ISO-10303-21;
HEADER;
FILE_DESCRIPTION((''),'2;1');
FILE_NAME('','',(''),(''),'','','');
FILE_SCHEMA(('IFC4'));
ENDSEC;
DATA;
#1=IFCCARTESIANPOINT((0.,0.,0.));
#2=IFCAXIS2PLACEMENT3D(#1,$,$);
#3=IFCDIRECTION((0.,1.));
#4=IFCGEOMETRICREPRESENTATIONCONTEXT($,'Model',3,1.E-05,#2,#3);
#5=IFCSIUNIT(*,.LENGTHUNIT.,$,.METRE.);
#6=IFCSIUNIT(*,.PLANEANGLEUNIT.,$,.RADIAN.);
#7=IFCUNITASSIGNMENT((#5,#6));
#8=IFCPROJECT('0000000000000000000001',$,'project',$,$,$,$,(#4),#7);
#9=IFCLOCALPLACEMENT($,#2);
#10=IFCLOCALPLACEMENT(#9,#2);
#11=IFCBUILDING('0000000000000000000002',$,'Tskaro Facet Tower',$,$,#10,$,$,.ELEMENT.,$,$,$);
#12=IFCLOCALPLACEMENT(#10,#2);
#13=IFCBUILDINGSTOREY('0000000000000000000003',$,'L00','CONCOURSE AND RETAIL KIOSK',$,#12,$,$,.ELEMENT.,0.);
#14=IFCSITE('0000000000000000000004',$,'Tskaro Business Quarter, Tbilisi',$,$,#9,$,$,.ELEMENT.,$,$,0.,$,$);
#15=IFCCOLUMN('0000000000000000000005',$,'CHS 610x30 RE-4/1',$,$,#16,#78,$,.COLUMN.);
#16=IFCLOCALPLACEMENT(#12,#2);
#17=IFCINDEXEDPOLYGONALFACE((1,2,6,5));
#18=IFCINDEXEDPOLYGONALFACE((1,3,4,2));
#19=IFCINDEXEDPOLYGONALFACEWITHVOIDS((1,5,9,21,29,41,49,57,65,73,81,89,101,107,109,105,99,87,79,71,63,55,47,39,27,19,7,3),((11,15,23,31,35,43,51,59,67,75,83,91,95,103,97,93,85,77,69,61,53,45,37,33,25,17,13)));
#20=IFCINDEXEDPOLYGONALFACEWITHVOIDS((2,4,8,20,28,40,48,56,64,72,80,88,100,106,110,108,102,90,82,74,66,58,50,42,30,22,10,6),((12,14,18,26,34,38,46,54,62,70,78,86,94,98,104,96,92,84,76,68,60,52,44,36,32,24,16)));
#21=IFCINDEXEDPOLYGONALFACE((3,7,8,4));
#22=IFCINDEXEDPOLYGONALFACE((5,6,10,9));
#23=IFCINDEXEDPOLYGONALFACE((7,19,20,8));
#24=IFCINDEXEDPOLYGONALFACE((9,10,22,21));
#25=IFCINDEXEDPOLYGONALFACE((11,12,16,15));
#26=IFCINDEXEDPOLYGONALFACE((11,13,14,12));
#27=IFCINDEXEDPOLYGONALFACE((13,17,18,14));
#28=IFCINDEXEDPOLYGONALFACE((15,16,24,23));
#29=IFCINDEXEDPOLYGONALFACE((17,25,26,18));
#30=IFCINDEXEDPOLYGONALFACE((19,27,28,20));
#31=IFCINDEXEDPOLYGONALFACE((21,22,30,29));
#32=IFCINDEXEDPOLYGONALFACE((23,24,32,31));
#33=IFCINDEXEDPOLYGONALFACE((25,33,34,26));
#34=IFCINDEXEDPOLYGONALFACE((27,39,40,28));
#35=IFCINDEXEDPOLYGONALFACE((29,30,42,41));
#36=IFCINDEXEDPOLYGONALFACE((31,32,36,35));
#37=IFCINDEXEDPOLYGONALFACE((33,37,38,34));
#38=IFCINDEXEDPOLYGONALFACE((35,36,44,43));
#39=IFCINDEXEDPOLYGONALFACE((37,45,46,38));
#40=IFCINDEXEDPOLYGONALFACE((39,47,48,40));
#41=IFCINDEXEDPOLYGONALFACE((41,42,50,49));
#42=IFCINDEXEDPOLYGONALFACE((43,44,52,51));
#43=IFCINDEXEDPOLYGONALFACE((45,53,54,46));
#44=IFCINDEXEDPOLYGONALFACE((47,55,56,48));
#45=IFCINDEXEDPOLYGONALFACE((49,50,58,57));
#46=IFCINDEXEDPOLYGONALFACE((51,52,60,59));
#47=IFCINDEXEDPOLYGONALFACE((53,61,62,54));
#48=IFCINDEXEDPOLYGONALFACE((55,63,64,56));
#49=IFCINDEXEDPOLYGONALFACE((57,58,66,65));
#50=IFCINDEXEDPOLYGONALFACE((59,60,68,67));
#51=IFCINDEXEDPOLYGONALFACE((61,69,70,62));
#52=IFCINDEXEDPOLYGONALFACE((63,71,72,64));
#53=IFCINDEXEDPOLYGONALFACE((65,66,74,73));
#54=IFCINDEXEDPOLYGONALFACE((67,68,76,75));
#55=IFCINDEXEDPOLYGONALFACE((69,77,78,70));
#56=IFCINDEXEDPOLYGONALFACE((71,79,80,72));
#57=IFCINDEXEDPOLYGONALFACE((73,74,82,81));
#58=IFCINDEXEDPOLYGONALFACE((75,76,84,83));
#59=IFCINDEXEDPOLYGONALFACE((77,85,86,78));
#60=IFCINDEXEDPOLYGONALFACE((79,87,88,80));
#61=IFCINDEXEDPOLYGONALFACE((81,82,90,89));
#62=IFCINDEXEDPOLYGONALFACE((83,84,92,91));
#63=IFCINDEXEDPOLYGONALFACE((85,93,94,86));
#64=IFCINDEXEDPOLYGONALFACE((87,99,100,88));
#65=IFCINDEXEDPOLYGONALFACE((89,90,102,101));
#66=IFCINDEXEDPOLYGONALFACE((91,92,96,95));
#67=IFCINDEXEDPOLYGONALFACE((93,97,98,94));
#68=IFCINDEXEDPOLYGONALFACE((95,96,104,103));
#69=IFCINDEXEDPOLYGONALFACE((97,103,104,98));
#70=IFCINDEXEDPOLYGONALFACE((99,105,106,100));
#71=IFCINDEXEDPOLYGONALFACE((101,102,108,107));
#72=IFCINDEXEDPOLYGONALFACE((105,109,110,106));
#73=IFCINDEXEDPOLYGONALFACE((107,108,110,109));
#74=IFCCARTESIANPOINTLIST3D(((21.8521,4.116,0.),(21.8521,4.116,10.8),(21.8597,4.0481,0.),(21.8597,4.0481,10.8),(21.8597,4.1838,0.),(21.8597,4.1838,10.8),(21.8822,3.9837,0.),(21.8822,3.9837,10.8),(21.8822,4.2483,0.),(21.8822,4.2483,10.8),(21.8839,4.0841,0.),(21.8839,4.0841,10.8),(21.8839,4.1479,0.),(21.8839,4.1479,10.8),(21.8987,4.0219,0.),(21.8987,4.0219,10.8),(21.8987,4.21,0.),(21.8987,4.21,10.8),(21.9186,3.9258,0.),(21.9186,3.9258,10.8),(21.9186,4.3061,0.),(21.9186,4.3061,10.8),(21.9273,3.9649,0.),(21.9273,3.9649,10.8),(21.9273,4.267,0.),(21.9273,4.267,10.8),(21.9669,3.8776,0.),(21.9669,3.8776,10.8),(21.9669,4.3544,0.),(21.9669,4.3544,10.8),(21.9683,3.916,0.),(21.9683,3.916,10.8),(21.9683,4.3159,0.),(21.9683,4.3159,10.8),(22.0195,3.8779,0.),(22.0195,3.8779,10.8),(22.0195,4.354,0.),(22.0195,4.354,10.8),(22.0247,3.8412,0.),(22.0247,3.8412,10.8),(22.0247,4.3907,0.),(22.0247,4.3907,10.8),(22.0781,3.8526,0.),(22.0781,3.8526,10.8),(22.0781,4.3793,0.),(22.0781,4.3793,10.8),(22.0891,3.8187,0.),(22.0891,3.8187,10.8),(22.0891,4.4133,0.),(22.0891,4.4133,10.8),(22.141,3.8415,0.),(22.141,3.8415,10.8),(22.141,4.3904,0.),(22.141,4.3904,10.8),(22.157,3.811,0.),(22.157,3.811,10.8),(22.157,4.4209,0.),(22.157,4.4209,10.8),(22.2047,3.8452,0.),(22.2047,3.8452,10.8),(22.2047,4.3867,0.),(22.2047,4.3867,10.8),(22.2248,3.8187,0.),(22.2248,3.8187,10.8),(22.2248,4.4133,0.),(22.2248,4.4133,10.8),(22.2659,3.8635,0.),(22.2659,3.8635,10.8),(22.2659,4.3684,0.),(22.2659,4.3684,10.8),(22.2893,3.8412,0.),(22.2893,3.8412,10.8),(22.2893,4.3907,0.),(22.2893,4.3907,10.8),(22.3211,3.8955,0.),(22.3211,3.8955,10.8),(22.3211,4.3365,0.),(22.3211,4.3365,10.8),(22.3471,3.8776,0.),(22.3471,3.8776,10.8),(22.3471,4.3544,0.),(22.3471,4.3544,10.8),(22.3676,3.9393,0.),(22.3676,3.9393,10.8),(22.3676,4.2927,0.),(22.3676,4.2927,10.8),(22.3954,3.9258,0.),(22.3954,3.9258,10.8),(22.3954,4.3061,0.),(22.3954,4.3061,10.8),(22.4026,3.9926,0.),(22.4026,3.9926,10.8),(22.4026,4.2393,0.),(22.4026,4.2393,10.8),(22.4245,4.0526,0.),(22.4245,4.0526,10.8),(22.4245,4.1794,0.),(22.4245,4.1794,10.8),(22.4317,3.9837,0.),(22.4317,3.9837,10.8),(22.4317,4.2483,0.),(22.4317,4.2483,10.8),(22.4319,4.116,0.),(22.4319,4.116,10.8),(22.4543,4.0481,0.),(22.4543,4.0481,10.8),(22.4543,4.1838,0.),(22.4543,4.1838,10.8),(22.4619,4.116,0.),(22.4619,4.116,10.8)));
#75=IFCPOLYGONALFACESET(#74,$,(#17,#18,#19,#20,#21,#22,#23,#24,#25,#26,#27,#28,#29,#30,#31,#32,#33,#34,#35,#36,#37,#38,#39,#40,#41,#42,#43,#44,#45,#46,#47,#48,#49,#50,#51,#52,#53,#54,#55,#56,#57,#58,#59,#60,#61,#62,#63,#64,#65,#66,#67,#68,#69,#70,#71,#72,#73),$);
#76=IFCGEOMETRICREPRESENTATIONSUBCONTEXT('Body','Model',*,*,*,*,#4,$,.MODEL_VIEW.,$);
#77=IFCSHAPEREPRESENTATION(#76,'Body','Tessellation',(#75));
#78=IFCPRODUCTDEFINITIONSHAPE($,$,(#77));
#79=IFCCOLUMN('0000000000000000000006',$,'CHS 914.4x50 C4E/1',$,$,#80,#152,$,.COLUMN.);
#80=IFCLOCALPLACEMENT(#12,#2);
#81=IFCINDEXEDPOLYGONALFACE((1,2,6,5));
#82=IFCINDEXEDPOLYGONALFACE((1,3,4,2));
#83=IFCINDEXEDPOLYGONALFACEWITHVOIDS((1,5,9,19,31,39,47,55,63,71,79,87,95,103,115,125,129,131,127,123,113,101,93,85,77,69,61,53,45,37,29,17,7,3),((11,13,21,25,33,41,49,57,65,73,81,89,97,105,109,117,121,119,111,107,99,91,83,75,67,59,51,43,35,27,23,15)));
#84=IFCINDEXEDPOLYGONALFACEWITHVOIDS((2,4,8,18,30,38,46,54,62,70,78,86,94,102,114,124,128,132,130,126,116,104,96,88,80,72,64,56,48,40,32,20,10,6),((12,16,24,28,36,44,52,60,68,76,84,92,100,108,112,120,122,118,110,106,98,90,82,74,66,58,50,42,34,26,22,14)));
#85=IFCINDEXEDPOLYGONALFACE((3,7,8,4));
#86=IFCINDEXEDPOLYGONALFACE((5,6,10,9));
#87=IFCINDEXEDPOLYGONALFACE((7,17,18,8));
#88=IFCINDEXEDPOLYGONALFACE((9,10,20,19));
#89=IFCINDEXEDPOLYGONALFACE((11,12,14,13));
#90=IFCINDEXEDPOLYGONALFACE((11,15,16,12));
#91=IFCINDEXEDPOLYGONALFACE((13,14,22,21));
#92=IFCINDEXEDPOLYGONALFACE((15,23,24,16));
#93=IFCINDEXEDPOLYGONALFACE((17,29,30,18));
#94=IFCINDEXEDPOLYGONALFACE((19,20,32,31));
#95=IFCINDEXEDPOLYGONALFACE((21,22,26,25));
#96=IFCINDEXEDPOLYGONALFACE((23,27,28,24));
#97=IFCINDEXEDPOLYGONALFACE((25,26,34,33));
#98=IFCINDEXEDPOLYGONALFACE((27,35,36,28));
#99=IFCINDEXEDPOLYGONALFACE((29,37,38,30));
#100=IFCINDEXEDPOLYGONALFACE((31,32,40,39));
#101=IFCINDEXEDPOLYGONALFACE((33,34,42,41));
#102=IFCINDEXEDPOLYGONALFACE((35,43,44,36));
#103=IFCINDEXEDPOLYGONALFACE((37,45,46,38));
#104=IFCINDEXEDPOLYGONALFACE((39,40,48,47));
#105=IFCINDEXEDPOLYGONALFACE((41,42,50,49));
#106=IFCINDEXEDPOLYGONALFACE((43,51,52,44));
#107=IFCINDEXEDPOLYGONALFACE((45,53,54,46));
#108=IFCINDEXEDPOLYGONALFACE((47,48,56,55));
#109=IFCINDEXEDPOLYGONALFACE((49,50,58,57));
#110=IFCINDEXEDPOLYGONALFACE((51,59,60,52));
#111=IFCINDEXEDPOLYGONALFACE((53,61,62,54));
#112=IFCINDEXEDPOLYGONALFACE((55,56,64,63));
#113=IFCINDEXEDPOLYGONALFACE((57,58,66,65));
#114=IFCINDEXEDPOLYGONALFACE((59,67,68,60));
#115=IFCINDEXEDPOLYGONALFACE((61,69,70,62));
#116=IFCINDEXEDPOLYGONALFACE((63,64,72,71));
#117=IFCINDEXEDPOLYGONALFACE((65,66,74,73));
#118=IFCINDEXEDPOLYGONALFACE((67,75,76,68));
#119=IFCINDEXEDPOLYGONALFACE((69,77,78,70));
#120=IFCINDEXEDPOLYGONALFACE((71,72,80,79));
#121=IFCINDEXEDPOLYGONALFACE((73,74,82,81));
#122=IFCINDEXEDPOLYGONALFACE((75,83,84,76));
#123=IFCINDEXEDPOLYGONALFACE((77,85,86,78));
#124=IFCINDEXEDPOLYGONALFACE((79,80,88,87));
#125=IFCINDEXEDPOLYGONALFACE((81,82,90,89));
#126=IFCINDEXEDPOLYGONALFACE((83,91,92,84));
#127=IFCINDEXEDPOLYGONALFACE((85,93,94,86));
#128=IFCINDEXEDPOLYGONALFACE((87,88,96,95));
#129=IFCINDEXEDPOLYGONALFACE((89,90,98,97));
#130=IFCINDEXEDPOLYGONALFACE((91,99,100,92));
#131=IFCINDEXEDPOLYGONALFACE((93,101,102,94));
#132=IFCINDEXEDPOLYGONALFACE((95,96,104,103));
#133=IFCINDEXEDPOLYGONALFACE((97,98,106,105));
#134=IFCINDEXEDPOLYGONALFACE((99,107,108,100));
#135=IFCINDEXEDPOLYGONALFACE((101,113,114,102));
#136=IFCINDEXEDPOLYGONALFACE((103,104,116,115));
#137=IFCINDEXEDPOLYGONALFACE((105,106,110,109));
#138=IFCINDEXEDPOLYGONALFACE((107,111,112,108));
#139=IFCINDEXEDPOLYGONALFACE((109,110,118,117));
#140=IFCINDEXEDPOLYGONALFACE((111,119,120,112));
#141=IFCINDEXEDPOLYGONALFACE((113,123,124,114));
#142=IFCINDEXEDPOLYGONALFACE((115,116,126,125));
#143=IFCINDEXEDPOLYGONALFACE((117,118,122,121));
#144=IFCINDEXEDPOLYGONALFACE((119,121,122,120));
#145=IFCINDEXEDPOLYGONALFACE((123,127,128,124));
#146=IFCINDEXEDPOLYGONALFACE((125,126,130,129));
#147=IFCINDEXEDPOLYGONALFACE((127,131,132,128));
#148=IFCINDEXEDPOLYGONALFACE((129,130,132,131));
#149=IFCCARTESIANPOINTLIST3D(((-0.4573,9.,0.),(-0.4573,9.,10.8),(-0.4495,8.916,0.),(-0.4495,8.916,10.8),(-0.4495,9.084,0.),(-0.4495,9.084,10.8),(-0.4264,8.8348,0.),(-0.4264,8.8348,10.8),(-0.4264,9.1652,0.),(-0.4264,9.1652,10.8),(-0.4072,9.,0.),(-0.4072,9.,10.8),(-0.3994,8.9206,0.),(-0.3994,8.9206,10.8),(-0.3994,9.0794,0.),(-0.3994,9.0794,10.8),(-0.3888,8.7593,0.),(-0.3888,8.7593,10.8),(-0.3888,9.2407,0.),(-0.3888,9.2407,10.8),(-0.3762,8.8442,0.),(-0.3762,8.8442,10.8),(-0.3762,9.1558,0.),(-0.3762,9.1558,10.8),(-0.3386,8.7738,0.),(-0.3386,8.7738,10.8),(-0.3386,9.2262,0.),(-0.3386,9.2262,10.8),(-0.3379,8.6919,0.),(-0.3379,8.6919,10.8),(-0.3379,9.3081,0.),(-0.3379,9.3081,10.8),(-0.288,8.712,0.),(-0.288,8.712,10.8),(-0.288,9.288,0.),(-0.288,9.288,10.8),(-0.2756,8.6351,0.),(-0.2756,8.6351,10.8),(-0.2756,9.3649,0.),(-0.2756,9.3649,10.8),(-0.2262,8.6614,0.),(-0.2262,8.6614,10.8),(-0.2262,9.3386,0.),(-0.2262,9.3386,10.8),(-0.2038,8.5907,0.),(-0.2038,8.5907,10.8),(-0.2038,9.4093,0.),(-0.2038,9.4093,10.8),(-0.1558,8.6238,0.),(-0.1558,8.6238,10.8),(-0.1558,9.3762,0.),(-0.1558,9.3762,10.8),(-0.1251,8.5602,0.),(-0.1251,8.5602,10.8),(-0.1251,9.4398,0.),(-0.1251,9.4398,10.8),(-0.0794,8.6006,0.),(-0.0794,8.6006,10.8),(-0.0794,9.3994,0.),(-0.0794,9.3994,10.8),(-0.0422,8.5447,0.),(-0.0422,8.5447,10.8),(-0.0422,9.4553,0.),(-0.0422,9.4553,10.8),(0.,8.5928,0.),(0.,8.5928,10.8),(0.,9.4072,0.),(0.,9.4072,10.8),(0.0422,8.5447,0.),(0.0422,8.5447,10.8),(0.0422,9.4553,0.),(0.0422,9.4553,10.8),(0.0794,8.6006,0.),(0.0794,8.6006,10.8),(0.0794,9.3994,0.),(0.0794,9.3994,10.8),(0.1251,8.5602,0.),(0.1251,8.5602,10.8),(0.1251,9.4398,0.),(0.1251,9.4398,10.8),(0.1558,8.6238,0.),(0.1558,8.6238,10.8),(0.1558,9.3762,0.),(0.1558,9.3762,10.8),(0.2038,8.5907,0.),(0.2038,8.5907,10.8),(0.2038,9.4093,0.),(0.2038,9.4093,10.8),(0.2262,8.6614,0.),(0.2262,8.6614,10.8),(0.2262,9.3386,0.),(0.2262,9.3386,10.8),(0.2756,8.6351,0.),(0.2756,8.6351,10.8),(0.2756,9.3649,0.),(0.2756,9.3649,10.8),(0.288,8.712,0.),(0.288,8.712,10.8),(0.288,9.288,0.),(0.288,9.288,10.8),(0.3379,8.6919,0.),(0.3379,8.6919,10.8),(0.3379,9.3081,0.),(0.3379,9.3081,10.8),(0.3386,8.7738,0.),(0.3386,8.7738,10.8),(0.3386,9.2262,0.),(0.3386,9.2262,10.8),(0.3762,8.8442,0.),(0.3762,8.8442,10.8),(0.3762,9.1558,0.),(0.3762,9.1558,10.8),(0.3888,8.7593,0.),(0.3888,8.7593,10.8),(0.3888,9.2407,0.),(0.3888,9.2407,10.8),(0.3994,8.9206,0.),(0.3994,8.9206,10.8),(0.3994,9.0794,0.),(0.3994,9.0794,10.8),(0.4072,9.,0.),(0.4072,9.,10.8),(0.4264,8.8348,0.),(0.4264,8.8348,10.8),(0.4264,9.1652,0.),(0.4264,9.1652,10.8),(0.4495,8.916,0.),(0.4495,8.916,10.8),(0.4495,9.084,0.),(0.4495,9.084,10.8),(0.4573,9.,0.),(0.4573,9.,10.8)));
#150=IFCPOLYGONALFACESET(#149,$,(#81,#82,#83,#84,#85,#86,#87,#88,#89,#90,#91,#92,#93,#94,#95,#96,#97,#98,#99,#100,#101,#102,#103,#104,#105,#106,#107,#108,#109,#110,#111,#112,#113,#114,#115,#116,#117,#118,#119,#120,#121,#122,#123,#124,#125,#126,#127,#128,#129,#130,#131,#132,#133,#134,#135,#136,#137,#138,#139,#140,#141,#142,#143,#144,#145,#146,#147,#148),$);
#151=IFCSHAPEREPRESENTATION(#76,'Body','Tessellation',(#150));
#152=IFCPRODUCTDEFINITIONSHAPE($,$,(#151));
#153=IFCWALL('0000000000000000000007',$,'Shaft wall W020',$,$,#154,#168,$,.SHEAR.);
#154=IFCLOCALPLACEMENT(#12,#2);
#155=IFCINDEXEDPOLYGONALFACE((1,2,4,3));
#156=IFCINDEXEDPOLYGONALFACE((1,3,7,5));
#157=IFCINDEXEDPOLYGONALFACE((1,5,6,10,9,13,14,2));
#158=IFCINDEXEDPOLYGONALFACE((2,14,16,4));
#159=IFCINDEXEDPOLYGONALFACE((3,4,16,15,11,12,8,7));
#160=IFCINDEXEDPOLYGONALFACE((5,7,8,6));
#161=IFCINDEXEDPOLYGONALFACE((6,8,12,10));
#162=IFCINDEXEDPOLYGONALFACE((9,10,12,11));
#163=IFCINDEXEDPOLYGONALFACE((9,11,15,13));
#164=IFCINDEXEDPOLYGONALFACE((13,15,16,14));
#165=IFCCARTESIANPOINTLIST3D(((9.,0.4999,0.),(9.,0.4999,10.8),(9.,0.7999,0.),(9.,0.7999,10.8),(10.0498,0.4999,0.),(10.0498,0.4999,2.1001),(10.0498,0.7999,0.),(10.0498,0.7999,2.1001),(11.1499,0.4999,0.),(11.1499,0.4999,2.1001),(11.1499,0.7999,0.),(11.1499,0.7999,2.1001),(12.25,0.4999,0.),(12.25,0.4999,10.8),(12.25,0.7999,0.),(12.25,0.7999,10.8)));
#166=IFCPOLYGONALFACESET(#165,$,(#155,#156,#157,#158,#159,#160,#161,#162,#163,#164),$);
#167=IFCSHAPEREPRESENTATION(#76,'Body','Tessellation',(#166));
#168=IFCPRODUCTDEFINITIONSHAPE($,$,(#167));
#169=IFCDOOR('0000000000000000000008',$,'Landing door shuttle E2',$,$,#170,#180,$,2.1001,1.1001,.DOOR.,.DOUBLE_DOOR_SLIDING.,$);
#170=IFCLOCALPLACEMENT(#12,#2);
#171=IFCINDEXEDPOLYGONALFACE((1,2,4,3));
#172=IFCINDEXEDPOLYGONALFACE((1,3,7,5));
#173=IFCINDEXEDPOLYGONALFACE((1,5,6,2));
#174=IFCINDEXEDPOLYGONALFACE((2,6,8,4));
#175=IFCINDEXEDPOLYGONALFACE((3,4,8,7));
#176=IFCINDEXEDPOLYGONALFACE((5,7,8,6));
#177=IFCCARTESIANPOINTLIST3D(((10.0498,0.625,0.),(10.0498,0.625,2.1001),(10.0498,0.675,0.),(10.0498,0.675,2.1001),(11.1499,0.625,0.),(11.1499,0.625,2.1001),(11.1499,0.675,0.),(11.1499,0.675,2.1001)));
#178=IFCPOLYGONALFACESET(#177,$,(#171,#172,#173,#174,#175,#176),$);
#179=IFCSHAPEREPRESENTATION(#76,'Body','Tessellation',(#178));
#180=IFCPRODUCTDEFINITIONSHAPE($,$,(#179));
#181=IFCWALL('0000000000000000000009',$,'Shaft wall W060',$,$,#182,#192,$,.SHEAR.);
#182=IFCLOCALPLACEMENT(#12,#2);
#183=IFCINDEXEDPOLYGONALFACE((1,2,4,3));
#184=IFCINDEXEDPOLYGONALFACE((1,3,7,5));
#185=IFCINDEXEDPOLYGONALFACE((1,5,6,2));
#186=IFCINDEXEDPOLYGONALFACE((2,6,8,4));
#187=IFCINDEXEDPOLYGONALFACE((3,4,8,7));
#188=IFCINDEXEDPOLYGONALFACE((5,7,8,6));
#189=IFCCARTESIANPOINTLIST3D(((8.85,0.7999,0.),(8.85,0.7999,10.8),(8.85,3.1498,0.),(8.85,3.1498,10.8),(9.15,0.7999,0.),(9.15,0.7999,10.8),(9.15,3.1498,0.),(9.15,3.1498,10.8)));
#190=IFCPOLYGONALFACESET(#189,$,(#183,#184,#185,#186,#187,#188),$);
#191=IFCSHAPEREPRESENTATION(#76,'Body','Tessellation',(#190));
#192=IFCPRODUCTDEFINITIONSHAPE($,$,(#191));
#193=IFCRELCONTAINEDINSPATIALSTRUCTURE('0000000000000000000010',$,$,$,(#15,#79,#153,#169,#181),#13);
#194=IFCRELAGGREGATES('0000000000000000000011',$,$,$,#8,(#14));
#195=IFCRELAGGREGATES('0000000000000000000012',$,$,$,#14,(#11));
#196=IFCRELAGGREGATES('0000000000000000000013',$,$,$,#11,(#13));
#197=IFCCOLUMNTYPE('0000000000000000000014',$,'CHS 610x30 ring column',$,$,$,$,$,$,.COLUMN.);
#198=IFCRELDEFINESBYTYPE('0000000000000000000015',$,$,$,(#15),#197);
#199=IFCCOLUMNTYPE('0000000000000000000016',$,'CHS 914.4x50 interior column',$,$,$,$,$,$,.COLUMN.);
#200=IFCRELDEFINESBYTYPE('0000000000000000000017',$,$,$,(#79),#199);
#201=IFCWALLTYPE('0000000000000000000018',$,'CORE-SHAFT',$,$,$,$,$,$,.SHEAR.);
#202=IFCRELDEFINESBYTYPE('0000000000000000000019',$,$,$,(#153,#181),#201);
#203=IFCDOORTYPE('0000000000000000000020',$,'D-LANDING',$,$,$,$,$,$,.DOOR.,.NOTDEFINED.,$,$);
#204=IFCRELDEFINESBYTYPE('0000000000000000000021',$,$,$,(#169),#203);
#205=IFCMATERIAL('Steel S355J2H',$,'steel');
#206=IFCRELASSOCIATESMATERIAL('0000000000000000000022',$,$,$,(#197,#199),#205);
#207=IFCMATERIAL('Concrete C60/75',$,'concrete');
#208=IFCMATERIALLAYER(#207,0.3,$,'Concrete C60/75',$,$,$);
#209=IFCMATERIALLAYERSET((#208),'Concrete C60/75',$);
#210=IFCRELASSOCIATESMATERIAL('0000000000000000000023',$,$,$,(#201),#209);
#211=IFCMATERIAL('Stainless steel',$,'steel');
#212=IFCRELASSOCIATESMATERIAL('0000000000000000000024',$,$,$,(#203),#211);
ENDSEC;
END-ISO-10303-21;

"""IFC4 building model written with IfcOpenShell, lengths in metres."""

from ifc_helpers import new_model, si_unit, direction, frame, frame_2d, origin, origin_2d, place, context, subcontext, project, spatial, rectangle, hollow_circle, extrude, material, layer, layer_set, material_profile, profile_set, type_object, element, fill, save


model = new_model("IFC4")

# Units and contexts
model_context = context("Model", 3, precision=1e-05, world=origin(), true_north=direction((0.0, 1.0)))
body_context = subcontext(model_context, "Body", "Model", "MODEL_VIEW")
ifc_project = project(units=[si_unit("LENGTHUNIT", "METRE"), si_unit("PLANEANGLEUNIT", "RADIAN")], contexts=[model_context])

# Site, building, storey
site_placement = place(None, origin())
site = spatial("IfcSite", under=ifc_project, at=site_placement, Name="Tskaro Business Quarter, Tbilisi", CompositionType="ELEMENT", RefElevation=0.0)
building_placement = place(site_placement, origin())
building = spatial("IfcBuilding", under=site, at=building_placement, Name="Tskaro Facet Tower", CompositionType="ELEMENT")
storey_placement = place(building_placement, origin())
storey = spatial("IfcBuildingStorey", under=building, at=storey_placement, Name="L00", Description="CONCOURSE AND RETAIL KIOSK", CompositionType="ELEMENT", Elevation=0.0)

# Columns
ifc_material_1 = material(Name="Steel S355J2H", Category="steel")
ifc_material_profile_1 = material_profile(ifc_material_1, hollow_circle(Radius=0.3049, WallThickness=0.03, at=origin_2d()), Name="CHS 610x30")
ifc_profile_set_1 = profile_set([ifc_material_profile_1], Name="Steel S355J2H")
column_type_1 = type_object("IfcColumnType", Name="CHS 610x30 ring column", PredefinedType="COLUMN", material=ifc_profile_set_1)
column_1_placement = place(storey_placement, frame((22.157, 4.116, 0.0), z_axis=(0.0, 0.0, 1.0), x_axis=(1.0, 0.0, 0.0)))
element("IfcColumn", 1, at=column_1_placement, inside=storey, type_object=column_type_1, Name="CHS 610x30 RE-4/1", PredefinedType="COLUMN", context=body_context, shape_type="SweptSolid", body=[
    extrude(hollow_circle(Radius=0.3049, WallThickness=0.03, at=origin_2d()), origin(), (0.0, 0.0, 1.0), 10.8),
])
ifc_material_profile_2 = material_profile(ifc_material_1, hollow_circle(Radius=0.4573, WallThickness=0.05, at=origin_2d()), Name="CHS 914.4x50")
ifc_profile_set_2 = profile_set([ifc_material_profile_2], Name="Steel S355J2H")
column_type_2 = type_object("IfcColumnType", Name="CHS 914.4x50 interior column", PredefinedType="COLUMN", material=ifc_profile_set_2)
column_2_placement = place(storey_placement, frame((0.0, 9.0, 0.0), z_axis=(0.0, 0.0, 1.0), x_axis=(1.0, 0.0, 0.0)))
element("IfcColumn", 2, at=column_2_placement, inside=storey, type_object=column_type_2, Name="CHS 914.4x50 C4E/1", PredefinedType="COLUMN", context=body_context, shape_type="SweptSolid", body=[
    extrude(hollow_circle(Radius=0.4573, WallThickness=0.05, at=origin_2d()), origin(), (0.0, 0.0, 1.0), 10.8),
])

# Wall, opening, door
ifc_material_2 = material(Name="Concrete C60/75", Category="concrete")
ifc_layer_1 = layer(ifc_material_2, 0.3, Name="Concrete C60/75")
ifc_layer_set_1 = layer_set([ifc_layer_1], Name="Concrete C60/75")
wall_type_1 = type_object("IfcWallType", Name="CORE-SHAFT", PredefinedType="SHEAR", material=ifc_layer_set_1)
wall_1_placement = place(storey_placement, frame((12.25, 0.6499, 0.0), z_axis=(0.0, 0.0, 1.0), x_axis=(-1.0, 0.0, 0.0)))
wall_1 = element("IfcWall", 3, at=wall_1_placement, inside=storey, type_object=wall_type_1, Name="Shaft wall W020", PredefinedType="SHEAR", context=body_context, shape_type="SweptSolid", body=[
    extrude(rectangle(XDim=3.25, YDim=0.3, at=frame_2d((1.625, 0.0))), origin(), (0.0, 0.0, 1.0), 10.8),
])
opening_1_placement = place(wall_1_placement, frame((1.1001, 0.0, 0.0)))
opening_1 = element("IfcOpeningElement", 4, at=opening_1_placement, cuts=wall_1, PredefinedType="OPENING", context=body_context, shape_type="SweptSolid", body=[
    extrude(rectangle(XDim=1.1001, YDim=2.1001, at=frame_2d((0.55, 1.05))), frame((0.0, 0.1599, 0.0), z_axis=(0.0, -1.0, 0.0), x_axis=(1.0, 0.0, 0.0)), (0.0, 0.0, 1.0), 0.3201),
])
ifc_material_3 = material(Name="Stainless steel", Category="steel")
door_type_1 = type_object("IfcDoorType", Name="D-LANDING", OperationType="NOTDEFINED", PredefinedType="DOOR", material=ifc_material_3)
door_1_placement = place(opening_1_placement, origin())
door_1 = element("IfcDoor", 5, at=door_1_placement, inside=storey, type_object=door_type_1, Name="Landing door shuttle E2", OperationType="DOUBLE_DOOR_SLIDING", OverallHeight=2.1001, OverallWidth=1.1001, PredefinedType="DOOR", context=body_context, shape_type="SweptSolid", body=[
    extrude(rectangle(XDim=1.1001, YDim=2.1001, at=frame_2d((0.55, 1.05))), frame((0.0, 0.0249, 0.0), z_axis=(0.0, -1.0, 0.0), x_axis=(1.0, 0.0, 0.0)), (0.0, 0.0, 1.0), 0.05),
])
fill(opening_1, door_1)

# Wall
wall_2_placement = place(storey_placement, frame((9.0, 0.8, 0.0), z_axis=(0.0, 0.0, 1.0), x_axis=(0.0, 1.0, 0.0)))
element("IfcWall", 6, at=wall_2_placement, inside=storey, type_object=wall_type_1, Name="Shaft wall W060", PredefinedType="SHEAR", context=body_context, shape_type="SweptSolid", body=[
    extrude(rectangle(XDim=2.3499, YDim=0.3, at=frame_2d((1.1748, 0.0))), origin(), (0.0, 0.0, 1.0), 10.8),
])

save(model, "model.ifc")
